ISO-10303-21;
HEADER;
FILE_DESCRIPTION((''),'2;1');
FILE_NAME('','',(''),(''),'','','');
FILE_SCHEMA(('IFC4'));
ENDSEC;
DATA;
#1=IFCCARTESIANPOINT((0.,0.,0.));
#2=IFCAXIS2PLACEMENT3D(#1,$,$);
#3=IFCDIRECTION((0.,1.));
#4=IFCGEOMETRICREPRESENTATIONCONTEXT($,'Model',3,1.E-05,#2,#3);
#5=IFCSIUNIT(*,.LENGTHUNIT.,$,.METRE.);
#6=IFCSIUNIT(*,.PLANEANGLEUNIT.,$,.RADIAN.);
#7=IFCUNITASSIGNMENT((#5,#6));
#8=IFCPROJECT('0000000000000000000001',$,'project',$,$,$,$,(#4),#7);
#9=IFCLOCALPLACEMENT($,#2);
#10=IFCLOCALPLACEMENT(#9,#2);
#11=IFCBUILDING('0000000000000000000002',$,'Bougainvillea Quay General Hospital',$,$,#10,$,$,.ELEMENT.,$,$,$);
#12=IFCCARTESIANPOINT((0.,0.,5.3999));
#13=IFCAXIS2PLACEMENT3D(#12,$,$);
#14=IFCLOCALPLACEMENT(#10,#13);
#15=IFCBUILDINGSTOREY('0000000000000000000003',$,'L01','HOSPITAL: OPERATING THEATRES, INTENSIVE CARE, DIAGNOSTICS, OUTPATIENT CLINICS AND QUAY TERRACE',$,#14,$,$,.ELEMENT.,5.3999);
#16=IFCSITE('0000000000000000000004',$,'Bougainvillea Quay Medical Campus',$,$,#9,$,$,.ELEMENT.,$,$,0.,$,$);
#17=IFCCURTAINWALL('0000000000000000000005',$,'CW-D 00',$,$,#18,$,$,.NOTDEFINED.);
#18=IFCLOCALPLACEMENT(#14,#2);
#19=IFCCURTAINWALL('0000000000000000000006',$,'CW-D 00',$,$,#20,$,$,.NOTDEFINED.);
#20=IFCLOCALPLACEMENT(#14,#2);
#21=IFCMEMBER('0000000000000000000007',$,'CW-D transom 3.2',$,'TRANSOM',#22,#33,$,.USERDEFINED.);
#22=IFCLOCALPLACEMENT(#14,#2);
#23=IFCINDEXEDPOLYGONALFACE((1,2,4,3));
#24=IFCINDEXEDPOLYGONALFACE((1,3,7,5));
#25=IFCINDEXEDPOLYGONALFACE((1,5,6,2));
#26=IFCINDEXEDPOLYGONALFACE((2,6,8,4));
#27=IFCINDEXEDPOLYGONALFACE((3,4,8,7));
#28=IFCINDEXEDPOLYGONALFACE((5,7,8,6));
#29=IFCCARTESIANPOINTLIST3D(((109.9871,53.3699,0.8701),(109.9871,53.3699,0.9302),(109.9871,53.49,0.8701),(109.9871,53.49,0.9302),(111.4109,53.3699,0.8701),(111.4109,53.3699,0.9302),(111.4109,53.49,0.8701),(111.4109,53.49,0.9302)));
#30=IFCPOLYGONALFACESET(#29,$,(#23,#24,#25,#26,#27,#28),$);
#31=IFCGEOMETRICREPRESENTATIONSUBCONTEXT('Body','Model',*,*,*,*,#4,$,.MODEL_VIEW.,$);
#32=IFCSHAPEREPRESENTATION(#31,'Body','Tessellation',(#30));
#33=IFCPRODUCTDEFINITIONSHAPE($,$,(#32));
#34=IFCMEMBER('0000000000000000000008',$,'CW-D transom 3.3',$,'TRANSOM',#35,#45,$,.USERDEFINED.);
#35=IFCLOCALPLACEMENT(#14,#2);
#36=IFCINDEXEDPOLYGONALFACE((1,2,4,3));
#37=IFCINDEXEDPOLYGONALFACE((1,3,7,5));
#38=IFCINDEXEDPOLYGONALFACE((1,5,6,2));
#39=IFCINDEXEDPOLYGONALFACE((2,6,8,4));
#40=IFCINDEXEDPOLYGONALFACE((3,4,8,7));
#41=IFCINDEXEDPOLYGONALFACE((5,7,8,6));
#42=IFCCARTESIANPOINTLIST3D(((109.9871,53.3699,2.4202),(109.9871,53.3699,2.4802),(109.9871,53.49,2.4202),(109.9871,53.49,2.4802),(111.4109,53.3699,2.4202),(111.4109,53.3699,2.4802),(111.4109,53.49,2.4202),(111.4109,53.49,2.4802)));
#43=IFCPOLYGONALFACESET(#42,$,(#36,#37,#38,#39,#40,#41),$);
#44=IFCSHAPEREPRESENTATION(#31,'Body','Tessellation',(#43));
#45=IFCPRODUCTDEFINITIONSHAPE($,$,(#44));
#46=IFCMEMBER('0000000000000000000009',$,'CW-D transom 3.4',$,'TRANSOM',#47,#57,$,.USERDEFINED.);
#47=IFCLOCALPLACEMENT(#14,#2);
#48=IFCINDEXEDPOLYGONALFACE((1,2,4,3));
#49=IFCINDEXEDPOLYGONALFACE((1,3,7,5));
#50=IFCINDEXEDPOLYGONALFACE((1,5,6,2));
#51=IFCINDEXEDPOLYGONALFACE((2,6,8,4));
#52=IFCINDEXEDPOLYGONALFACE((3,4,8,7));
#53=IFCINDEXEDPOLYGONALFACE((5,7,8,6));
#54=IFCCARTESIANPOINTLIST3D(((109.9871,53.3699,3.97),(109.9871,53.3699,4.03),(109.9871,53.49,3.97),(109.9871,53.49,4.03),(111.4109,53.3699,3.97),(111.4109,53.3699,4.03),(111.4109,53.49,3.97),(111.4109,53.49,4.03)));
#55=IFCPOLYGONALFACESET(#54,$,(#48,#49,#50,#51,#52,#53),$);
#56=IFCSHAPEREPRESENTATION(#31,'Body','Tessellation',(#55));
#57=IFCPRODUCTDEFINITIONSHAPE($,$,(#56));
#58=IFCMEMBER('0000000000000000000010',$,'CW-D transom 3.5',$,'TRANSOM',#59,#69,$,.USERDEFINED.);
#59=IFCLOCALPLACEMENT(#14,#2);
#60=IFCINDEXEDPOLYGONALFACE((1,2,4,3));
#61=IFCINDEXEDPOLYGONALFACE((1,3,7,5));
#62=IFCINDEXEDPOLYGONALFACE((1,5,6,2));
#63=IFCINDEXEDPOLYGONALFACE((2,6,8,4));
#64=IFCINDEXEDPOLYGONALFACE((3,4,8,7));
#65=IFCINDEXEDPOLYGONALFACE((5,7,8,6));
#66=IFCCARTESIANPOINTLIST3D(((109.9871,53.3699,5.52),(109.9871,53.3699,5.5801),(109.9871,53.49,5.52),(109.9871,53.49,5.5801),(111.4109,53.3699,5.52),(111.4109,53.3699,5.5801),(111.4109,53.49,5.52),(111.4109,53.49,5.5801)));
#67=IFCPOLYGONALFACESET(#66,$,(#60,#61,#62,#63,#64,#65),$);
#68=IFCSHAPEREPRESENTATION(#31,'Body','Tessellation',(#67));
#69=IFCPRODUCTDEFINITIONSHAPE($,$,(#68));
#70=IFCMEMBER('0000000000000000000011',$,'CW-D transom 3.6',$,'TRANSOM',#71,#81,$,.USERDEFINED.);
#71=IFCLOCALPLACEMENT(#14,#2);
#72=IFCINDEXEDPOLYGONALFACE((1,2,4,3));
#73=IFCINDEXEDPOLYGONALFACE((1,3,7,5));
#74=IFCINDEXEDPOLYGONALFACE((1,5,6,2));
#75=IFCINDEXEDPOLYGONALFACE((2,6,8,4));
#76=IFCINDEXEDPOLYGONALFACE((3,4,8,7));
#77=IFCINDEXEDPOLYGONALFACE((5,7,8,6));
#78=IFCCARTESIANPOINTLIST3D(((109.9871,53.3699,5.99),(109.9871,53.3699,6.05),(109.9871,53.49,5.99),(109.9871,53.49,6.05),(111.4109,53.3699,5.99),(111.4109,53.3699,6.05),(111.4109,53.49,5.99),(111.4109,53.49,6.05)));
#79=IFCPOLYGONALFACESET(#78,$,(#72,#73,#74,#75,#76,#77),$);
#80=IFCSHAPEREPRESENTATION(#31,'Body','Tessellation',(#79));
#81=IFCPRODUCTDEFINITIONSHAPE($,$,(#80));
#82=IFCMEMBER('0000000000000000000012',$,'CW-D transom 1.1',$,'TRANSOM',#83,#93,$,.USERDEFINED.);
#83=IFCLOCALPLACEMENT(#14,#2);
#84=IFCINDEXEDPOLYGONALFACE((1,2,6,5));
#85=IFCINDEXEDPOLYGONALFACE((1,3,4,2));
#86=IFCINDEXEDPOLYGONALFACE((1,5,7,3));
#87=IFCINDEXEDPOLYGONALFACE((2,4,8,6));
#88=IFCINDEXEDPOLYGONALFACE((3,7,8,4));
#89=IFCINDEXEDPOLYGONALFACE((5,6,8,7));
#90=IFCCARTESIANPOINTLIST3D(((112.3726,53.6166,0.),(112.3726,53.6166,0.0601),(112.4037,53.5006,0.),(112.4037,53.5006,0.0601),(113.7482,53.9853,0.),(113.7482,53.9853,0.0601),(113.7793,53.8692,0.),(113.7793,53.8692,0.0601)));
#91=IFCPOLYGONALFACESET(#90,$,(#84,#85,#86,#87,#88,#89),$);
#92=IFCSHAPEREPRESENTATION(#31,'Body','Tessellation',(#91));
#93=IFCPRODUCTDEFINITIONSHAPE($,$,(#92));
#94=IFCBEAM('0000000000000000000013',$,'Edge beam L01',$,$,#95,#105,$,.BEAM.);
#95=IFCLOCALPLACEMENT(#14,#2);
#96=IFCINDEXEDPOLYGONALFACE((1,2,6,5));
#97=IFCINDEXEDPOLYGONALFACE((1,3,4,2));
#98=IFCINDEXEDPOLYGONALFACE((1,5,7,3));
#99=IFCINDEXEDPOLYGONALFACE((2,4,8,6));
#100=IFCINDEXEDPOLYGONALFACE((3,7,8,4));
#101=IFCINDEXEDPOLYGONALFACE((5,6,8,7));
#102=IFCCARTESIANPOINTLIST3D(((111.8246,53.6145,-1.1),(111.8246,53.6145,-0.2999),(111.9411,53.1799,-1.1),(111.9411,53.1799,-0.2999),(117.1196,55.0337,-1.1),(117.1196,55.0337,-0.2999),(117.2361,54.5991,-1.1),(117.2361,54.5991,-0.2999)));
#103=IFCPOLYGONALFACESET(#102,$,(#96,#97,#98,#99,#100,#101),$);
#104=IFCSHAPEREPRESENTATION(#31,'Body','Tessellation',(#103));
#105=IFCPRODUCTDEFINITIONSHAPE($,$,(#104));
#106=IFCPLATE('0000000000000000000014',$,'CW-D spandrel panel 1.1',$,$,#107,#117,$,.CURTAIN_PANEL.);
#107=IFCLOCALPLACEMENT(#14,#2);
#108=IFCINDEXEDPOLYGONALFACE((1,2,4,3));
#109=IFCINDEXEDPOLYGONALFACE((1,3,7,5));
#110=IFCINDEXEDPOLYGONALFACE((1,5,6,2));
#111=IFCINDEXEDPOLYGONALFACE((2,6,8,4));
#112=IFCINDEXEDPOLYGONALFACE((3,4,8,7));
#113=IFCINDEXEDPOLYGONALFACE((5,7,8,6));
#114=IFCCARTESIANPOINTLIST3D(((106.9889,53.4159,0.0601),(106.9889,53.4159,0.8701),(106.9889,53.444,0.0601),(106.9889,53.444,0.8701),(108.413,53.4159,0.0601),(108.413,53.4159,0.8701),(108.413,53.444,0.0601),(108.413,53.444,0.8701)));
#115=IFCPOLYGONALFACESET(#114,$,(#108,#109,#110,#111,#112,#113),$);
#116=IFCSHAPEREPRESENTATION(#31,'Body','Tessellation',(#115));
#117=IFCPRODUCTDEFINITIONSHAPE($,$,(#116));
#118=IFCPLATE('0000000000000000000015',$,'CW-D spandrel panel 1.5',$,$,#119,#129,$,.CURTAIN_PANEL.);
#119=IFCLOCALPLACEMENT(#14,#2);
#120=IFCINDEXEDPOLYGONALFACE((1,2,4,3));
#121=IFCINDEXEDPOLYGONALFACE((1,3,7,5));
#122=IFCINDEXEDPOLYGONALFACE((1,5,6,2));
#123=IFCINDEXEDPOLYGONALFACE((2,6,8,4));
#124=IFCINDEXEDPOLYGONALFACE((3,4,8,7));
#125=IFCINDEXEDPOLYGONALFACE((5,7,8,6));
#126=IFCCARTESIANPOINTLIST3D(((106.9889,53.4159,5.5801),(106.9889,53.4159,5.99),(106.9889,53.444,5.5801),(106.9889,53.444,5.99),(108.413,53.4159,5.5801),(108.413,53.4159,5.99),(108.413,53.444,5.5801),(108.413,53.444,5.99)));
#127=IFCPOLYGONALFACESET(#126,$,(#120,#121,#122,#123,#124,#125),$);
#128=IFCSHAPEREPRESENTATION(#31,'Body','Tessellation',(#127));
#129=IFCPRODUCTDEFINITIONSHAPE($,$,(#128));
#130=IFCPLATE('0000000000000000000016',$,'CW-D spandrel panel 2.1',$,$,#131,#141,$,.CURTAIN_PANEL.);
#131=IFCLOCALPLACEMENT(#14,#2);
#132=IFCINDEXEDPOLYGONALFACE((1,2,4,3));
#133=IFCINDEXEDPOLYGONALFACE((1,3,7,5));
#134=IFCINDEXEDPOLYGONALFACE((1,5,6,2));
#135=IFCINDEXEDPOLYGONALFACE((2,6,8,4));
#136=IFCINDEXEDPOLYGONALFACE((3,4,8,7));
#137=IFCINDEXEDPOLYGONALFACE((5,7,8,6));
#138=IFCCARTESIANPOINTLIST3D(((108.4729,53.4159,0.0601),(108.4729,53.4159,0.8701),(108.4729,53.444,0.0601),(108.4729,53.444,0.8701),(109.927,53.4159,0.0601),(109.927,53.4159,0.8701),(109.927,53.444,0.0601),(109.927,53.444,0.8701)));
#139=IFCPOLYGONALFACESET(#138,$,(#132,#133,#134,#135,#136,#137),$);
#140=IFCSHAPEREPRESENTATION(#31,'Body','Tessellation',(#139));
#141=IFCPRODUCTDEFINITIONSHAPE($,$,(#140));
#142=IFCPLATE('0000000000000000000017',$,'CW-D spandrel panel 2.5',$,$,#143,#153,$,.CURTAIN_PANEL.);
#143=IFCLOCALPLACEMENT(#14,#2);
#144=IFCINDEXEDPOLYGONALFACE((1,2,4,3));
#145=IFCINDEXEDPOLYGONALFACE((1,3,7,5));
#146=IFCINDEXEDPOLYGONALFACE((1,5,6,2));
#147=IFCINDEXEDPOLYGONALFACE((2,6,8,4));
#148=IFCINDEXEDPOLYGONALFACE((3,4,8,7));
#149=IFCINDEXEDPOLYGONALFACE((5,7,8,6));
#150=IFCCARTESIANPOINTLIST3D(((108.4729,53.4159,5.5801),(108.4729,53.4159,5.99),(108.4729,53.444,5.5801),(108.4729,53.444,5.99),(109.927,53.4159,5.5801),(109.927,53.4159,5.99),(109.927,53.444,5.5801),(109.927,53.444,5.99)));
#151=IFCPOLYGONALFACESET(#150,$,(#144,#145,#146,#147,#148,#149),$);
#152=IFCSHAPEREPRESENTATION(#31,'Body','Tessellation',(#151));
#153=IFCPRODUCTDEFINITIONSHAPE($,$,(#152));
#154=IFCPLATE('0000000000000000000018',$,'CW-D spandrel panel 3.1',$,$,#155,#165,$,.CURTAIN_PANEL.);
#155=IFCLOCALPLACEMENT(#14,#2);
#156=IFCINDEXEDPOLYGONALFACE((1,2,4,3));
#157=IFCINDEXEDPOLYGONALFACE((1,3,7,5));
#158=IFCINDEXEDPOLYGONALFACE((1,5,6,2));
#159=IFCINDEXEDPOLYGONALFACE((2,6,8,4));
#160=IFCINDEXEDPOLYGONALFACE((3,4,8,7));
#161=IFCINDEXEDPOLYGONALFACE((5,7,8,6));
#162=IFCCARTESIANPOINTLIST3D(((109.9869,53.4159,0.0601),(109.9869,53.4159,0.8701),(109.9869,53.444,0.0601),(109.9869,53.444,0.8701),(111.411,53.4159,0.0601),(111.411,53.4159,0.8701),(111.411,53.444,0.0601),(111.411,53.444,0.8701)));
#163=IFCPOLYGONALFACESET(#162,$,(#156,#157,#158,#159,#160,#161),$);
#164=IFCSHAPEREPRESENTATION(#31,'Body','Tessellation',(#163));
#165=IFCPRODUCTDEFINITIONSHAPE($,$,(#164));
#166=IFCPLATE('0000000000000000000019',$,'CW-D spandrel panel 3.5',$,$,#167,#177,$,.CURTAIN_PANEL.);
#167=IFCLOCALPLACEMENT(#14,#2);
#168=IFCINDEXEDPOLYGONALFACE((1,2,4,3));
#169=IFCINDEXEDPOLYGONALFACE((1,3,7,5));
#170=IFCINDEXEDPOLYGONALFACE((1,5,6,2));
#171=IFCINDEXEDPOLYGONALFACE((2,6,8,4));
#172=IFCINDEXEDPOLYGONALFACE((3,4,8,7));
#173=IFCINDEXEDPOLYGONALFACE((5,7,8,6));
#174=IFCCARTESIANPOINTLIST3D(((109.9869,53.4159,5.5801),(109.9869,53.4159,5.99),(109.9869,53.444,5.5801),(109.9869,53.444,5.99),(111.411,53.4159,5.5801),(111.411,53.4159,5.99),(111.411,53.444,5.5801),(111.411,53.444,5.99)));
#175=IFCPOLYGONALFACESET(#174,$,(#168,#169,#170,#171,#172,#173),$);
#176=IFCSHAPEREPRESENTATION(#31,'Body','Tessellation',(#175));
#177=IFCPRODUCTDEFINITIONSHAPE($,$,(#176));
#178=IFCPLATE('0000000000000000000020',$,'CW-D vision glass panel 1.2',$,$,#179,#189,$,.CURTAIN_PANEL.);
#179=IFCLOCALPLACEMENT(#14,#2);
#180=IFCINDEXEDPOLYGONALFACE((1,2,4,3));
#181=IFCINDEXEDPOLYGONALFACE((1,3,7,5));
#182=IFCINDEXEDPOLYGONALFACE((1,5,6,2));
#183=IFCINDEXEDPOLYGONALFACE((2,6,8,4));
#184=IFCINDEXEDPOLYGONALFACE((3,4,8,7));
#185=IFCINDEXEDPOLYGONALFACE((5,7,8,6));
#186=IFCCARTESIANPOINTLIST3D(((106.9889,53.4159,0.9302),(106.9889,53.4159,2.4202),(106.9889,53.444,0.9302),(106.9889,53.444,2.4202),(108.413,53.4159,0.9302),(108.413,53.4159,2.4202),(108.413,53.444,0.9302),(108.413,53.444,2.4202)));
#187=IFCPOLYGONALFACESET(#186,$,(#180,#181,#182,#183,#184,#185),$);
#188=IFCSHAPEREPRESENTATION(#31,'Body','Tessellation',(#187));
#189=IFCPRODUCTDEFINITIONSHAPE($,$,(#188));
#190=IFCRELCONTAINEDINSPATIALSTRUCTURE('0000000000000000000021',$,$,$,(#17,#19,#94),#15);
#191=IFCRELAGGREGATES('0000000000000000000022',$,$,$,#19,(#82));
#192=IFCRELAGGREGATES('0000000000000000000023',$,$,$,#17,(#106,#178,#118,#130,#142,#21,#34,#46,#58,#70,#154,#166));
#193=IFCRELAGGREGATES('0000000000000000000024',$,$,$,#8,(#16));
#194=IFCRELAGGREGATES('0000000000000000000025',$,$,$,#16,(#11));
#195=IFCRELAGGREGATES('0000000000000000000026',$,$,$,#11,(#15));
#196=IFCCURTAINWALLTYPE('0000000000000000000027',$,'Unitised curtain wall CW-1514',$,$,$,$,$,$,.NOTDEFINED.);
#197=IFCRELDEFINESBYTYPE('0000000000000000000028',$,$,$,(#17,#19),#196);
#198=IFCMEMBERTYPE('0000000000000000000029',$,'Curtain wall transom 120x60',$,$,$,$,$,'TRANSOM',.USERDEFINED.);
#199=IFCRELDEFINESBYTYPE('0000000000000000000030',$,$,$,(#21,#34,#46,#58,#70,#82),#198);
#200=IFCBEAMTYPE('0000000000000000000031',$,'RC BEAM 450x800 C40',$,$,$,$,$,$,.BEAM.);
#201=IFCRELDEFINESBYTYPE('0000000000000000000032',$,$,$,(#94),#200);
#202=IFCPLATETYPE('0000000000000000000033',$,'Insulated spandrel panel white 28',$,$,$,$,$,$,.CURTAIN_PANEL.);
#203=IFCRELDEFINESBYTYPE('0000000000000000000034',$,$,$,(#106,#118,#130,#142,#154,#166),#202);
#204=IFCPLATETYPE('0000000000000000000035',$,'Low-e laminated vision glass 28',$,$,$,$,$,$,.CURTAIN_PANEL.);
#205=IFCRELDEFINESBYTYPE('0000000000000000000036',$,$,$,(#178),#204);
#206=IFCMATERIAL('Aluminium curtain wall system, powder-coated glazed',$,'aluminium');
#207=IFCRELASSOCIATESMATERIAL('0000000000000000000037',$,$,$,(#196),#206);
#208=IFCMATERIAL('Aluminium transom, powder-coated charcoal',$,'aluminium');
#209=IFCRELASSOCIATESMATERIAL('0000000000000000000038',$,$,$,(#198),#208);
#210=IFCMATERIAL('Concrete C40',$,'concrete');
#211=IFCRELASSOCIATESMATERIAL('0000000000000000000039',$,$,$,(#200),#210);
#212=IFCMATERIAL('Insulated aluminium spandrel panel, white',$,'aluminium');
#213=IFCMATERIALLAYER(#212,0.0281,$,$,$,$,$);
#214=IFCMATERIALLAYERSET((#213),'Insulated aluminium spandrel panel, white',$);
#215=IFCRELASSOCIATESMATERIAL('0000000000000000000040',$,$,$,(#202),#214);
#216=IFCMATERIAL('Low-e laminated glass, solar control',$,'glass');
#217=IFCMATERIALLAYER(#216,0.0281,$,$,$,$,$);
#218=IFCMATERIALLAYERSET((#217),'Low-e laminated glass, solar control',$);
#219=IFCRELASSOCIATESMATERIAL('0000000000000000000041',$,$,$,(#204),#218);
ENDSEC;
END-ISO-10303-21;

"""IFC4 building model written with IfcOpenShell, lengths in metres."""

from ifc_helpers import new_model, si_unit, direction, frame, origin, origin_2d, place, context, subcontext, project, spatial, rectangle, extrude, material, layer, layer_set, material_profile, profile_set, type_object, element, aggregate, save


model = new_model("IFC4")

# Units and contexts
model_context = context("Model", 3, precision=1e-05, world=origin(), true_north=direction((0.0, 1.0)))
body_context = subcontext(model_context, "Body", "Model", "MODEL_VIEW")
ifc_project = project(units=[si_unit("LENGTHUNIT", "METRE"), si_unit("PLANEANGLEUNIT", "RADIAN")], contexts=[model_context])

# Site, building, storey
site_placement = place(None, origin())
site = spatial("IfcSite", under=ifc_project, at=site_placement, Name="Bougainvillea Quay Medical Campus", CompositionType="ELEMENT", RefElevation=0.0)
building_placement = place(site_placement, origin())
building = spatial("IfcBuilding", under=site, at=building_placement, Name="Bougainvillea Quay General Hospital", CompositionType="ELEMENT")
storey_placement = place(building_placement, frame((0.0, 0.0, 5.3999)))
storey = spatial("IfcBuildingStorey", under=building, at=storey_placement, Name="L01", Description="HOSPITAL: OPERATING THEATRES, INTENSIVE CARE, DIAGNOSTICS, OUTPATIENT CLINICS AND QUAY TERRACE", CompositionType="ELEMENT", Elevation=5.3999)

# Curtain wall
ifc_material_1 = material(Name="Aluminium curtain wall system, powder-coated glazed", Category="aluminium")
curtain_wall_type = type_object("IfcCurtainWallType", Name="Unitised curtain wall CW-1514", PredefinedType="NOTDEFINED", material=ifc_material_1)
curtain_wall_1_placement = place(storey_placement, origin())
curtain_wall_1 = element("IfcCurtainWall", 1, at=curtain_wall_1_placement, inside=storey, type_object=curtain_wall_type, Name="CW-D 00", PredefinedType="NOTDEFINED")

# Curtain wall
curtain_wall_2_placement = place(storey_placement, origin())
curtain_wall_2 = element("IfcCurtainWall", 2, at=curtain_wall_2_placement, inside=storey, type_object=curtain_wall_type, Name="CW-D 00", PredefinedType="NOTDEFINED")

# Members
ifc_material_2 = material(Name="Aluminium transom, powder-coated charcoal", Category="aluminium")
ifc_material_profile_1 = material_profile(ifc_material_2, rectangle(XDim=0.1201, YDim=0.0601, at=origin_2d()))
ifc_profile_set_1 = profile_set([ifc_material_profile_1], Name="Aluminium transom, powder-coated charcoal")
member_type_1 = type_object("IfcMemberType", Name="Curtain wall transom 120x60", ElementType="TRANSOM", PredefinedType="USERDEFINED", material=ifc_profile_set_1)
member_1_placement = place(storey_placement, frame((109.9871, 53.4299, 0.9001), z_axis=(1.0, 0.0, 0.0), x_axis=(0.0, 1.0, 0.0)))
member_1 = element("IfcMember", 3, at=member_1_placement, type_object=member_type_1, Name="CW-D transom 3.2", ObjectType="TRANSOM", PredefinedType="USERDEFINED", context=body_context, shape_type="SweptSolid", body=[
    extrude(rectangle(XDim=0.1201, YDim=0.0601, at=origin_2d()), origin(), (0.0, 0.0, 1.0), 1.4238),
])
member_2_placement = place(storey_placement, frame((109.9871, 53.4299, 2.4502), z_axis=(1.0, 0.0, 0.0), x_axis=(0.0, 1.0, 0.0)))
member_2 = element("IfcMember", 4, at=member_2_placement, type_object=member_type_1, Name="CW-D transom 3.3", ObjectType="TRANSOM", PredefinedType="USERDEFINED", context=body_context, shape_type="SweptSolid", body=[
    extrude(rectangle(XDim=0.1201, YDim=0.0601, at=origin_2d()), origin(), (0.0, 0.0, 1.0), 1.4238),
])
member_3_placement = place(storey_placement, frame((109.9871, 53.4299, 4.0), z_axis=(1.0, 0.0, 0.0), x_axis=(0.0, 1.0, 0.0)))
member_3 = element("IfcMember", 5, at=member_3_placement, type_object=member_type_1, Name="CW-D transom 3.4", ObjectType="TRANSOM", PredefinedType="USERDEFINED", context=body_context, shape_type="SweptSolid", body=[
    extrude(rectangle(XDim=0.1201, YDim=0.0601, at=origin_2d()), origin(), (0.0, 0.0, 1.0), 1.4238),
])
member_4_placement = place(storey_placement, frame((109.9871, 53.4299, 5.55), z_axis=(1.0, 0.0, 0.0), x_axis=(0.0, 1.0, 0.0)))
member_4 = element("IfcMember", 6, at=member_4_placement, type_object=member_type_1, Name="CW-D transom 3.5", ObjectType="TRANSOM", PredefinedType="USERDEFINED", context=body_context, shape_type="SweptSolid", body=[
    extrude(rectangle(XDim=0.1201, YDim=0.0601, at=origin_2d()), origin(), (0.0, 0.0, 1.0), 1.4238),
])
member_5_placement = place(storey_placement, frame((109.9871, 53.4299, 6.02), z_axis=(1.0, 0.0, 0.0), x_axis=(0.0, 1.0, 0.0)))
member_5 = element("IfcMember", 7, at=member_5_placement, type_object=member_type_1, Name="CW-D transom 3.6", ObjectType="TRANSOM", PredefinedType="USERDEFINED", context=body_context, shape_type="SweptSolid", body=[
    extrude(rectangle(XDim=0.1201, YDim=0.0601, at=origin_2d()), origin(), (0.0, 0.0, 1.0), 1.4238),
])
member_6_placement = place(storey_placement, frame((112.3882, 53.5586, 0.03), z_axis=(0.96591, 0.258879, 0.0), x_axis=(-0.258879, 0.96591, 0.0)))
member_6 = element("IfcMember", 8, at=member_6_placement, type_object=member_type_1, Name="CW-D transom 1.1", ObjectType="TRANSOM", PredefinedType="USERDEFINED", context=body_context, shape_type="SweptSolid", body=[
    extrude(rectangle(XDim=0.1201, YDim=0.0601, at=origin_2d()), origin(), (0.0, 0.0, 1.0), 1.4241),
])
aggregate(curtain_wall_2, [member_6])

# Beam
ifc_material_3 = material(Name="Concrete C40", Category="concrete")
ifc_material_profile_2 = material_profile(ifc_material_3, rectangle(XDim=0.45, YDim=0.8, at=origin_2d()))
ifc_profile_set_2 = profile_set([ifc_material_profile_2], Name="Concrete C40")
beam_type = type_object("IfcBeamType", Name="RC BEAM 450x800 C40", PredefinedType="BEAM", material=ifc_profile_set_2)
beam_placement = place(storey_placement, frame((111.8828, 53.3972, -0.7), z_axis=(0.965907, 0.25889, 0.0), x_axis=(-0.25889, 0.965907, 0.0)))
element("IfcBeam", 9, at=beam_placement, inside=storey, type_object=beam_type, Name="Edge beam L01", PredefinedType="BEAM", context=body_context, shape_type="SweptSolid", body=[
    extrude(rectangle(XDim=0.45, YDim=0.8, at=origin_2d()), origin(), (0.0, 0.0, 1.0), 5.4819),
])

# Plates
ifc_material_4 = material(Name="Insulated aluminium spandrel panel, white", Category="aluminium")
ifc_layer_1 = layer(ifc_material_4, 0.0281)
ifc_layer_set_1 = layer_set([ifc_layer_1], Name="Insulated aluminium spandrel panel, white")
plate_type_1 = type_object("IfcPlateType", Name="Insulated spandrel panel white 28", PredefinedType="CURTAIN_PANEL", material=ifc_layer_set_1)
plate_1_placement = place(storey_placement, frame((107.7009, 53.4299, 0.0601), z_axis=(0.0, 0.0, 1.0), x_axis=(1.0, 0.0, 0.0)))
plate_1 = element("IfcPlate", 10, at=plate_1_placement, type_object=plate_type_1, Name="CW-D spandrel panel 1.1", PredefinedType="CURTAIN_PANEL", context=body_context, shape_type="SweptSolid", body=[
    extrude(rectangle(XDim=1.4241, YDim=0.0281, at=origin_2d()), origin(), (0.0, 0.0, 1.0), 0.8101),
])
plate_2_placement = place(storey_placement, frame((107.7009, 53.4299, 5.5801), z_axis=(0.0, 0.0, 1.0), x_axis=(1.0, 0.0, 0.0)))
plate_2 = element("IfcPlate", 11, at=plate_2_placement, type_object=plate_type_1, Name="CW-D spandrel panel 1.5", PredefinedType="CURTAIN_PANEL", context=body_context, shape_type="SweptSolid", body=[
    extrude(rectangle(XDim=1.4241, YDim=0.0281, at=origin_2d()), origin(), (0.0, 0.0, 1.0), 0.4099),
])
plate_3_placement = place(storey_placement, frame((109.2, 53.4299, 0.0601), z_axis=(0.0, 0.0, 1.0), x_axis=(1.0, 0.0, 0.0)))
plate_3 = element("IfcPlate", 12, at=plate_3_placement, type_object=plate_type_1, Name="CW-D spandrel panel 2.1", PredefinedType="CURTAIN_PANEL", context=body_context, shape_type="SweptSolid", body=[
    extrude(rectangle(XDim=1.4541, YDim=0.0281, at=origin_2d()), origin(), (0.0, 0.0, 1.0), 0.8101),
])
plate_4_placement = place(storey_placement, frame((109.2, 53.4299, 5.5801), z_axis=(0.0, 0.0, 1.0), x_axis=(1.0, 0.0, 0.0)))
plate_4 = element("IfcPlate", 13, at=plate_4_placement, type_object=plate_type_1, Name="CW-D spandrel panel 2.5", PredefinedType="CURTAIN_PANEL", context=body_context, shape_type="SweptSolid", body=[
    extrude(rectangle(XDim=1.4541, YDim=0.0281, at=origin_2d()), origin(), (0.0, 0.0, 1.0), 0.4099),
])
plate_5_placement = place(storey_placement, frame((110.699, 53.4299, 0.0601), z_axis=(0.0, 0.0, 1.0), x_axis=(1.0, 0.0, 0.0)))
plate_5 = element("IfcPlate", 14, at=plate_5_placement, type_object=plate_type_1, Name="CW-D spandrel panel 3.1", PredefinedType="CURTAIN_PANEL", context=body_context, shape_type="SweptSolid", body=[
    extrude(rectangle(XDim=1.4241, YDim=0.0281, at=origin_2d()), origin(), (0.0, 0.0, 1.0), 0.8101),
])
plate_6_placement = place(storey_placement, frame((110.699, 53.4299, 5.5801), z_axis=(0.0, 0.0, 1.0), x_axis=(1.0, 0.0, 0.0)))
plate_6 = element("IfcPlate", 15, at=plate_6_placement, type_object=plate_type_1, Name="CW-D spandrel panel 3.5", PredefinedType="CURTAIN_PANEL", context=body_context, shape_type="SweptSolid", body=[
    extrude(rectangle(XDim=1.4241, YDim=0.0281, at=origin_2d()), origin(), (0.0, 0.0, 1.0), 0.4099),
])
ifc_material_5 = material(Name="Low-e laminated glass, solar control", Category="glass")
ifc_layer_2 = layer(ifc_material_5, 0.0281)
ifc_layer_set_2 = layer_set([ifc_layer_2], Name="Low-e laminated glass, solar control")
plate_type_2 = type_object("IfcPlateType", Name="Low-e laminated vision glass 28", PredefinedType="CURTAIN_PANEL", material=ifc_layer_set_2)
plate_7_placement = place(storey_placement, frame((107.7009, 53.4299, 0.9302), z_axis=(0.0, 0.0, 1.0), x_axis=(1.0, 0.0, 0.0)))
plate_7 = element("IfcPlate", 16, at=plate_7_placement, type_object=plate_type_2, Name="CW-D vision glass panel 1.2", PredefinedType="CURTAIN_PANEL", context=body_context, shape_type="SweptSolid", body=[
    extrude(rectangle(XDim=1.4241, YDim=0.0281, at=origin_2d()), origin(), (0.0, 0.0, 1.0), 1.49),
])
aggregate(curtain_wall_1, [plate_1, plate_7, plate_2, plate_3, plate_4, member_1, member_2, member_3, member_4, member_5, plate_5, plate_6])

save(model, "model.ifc")
